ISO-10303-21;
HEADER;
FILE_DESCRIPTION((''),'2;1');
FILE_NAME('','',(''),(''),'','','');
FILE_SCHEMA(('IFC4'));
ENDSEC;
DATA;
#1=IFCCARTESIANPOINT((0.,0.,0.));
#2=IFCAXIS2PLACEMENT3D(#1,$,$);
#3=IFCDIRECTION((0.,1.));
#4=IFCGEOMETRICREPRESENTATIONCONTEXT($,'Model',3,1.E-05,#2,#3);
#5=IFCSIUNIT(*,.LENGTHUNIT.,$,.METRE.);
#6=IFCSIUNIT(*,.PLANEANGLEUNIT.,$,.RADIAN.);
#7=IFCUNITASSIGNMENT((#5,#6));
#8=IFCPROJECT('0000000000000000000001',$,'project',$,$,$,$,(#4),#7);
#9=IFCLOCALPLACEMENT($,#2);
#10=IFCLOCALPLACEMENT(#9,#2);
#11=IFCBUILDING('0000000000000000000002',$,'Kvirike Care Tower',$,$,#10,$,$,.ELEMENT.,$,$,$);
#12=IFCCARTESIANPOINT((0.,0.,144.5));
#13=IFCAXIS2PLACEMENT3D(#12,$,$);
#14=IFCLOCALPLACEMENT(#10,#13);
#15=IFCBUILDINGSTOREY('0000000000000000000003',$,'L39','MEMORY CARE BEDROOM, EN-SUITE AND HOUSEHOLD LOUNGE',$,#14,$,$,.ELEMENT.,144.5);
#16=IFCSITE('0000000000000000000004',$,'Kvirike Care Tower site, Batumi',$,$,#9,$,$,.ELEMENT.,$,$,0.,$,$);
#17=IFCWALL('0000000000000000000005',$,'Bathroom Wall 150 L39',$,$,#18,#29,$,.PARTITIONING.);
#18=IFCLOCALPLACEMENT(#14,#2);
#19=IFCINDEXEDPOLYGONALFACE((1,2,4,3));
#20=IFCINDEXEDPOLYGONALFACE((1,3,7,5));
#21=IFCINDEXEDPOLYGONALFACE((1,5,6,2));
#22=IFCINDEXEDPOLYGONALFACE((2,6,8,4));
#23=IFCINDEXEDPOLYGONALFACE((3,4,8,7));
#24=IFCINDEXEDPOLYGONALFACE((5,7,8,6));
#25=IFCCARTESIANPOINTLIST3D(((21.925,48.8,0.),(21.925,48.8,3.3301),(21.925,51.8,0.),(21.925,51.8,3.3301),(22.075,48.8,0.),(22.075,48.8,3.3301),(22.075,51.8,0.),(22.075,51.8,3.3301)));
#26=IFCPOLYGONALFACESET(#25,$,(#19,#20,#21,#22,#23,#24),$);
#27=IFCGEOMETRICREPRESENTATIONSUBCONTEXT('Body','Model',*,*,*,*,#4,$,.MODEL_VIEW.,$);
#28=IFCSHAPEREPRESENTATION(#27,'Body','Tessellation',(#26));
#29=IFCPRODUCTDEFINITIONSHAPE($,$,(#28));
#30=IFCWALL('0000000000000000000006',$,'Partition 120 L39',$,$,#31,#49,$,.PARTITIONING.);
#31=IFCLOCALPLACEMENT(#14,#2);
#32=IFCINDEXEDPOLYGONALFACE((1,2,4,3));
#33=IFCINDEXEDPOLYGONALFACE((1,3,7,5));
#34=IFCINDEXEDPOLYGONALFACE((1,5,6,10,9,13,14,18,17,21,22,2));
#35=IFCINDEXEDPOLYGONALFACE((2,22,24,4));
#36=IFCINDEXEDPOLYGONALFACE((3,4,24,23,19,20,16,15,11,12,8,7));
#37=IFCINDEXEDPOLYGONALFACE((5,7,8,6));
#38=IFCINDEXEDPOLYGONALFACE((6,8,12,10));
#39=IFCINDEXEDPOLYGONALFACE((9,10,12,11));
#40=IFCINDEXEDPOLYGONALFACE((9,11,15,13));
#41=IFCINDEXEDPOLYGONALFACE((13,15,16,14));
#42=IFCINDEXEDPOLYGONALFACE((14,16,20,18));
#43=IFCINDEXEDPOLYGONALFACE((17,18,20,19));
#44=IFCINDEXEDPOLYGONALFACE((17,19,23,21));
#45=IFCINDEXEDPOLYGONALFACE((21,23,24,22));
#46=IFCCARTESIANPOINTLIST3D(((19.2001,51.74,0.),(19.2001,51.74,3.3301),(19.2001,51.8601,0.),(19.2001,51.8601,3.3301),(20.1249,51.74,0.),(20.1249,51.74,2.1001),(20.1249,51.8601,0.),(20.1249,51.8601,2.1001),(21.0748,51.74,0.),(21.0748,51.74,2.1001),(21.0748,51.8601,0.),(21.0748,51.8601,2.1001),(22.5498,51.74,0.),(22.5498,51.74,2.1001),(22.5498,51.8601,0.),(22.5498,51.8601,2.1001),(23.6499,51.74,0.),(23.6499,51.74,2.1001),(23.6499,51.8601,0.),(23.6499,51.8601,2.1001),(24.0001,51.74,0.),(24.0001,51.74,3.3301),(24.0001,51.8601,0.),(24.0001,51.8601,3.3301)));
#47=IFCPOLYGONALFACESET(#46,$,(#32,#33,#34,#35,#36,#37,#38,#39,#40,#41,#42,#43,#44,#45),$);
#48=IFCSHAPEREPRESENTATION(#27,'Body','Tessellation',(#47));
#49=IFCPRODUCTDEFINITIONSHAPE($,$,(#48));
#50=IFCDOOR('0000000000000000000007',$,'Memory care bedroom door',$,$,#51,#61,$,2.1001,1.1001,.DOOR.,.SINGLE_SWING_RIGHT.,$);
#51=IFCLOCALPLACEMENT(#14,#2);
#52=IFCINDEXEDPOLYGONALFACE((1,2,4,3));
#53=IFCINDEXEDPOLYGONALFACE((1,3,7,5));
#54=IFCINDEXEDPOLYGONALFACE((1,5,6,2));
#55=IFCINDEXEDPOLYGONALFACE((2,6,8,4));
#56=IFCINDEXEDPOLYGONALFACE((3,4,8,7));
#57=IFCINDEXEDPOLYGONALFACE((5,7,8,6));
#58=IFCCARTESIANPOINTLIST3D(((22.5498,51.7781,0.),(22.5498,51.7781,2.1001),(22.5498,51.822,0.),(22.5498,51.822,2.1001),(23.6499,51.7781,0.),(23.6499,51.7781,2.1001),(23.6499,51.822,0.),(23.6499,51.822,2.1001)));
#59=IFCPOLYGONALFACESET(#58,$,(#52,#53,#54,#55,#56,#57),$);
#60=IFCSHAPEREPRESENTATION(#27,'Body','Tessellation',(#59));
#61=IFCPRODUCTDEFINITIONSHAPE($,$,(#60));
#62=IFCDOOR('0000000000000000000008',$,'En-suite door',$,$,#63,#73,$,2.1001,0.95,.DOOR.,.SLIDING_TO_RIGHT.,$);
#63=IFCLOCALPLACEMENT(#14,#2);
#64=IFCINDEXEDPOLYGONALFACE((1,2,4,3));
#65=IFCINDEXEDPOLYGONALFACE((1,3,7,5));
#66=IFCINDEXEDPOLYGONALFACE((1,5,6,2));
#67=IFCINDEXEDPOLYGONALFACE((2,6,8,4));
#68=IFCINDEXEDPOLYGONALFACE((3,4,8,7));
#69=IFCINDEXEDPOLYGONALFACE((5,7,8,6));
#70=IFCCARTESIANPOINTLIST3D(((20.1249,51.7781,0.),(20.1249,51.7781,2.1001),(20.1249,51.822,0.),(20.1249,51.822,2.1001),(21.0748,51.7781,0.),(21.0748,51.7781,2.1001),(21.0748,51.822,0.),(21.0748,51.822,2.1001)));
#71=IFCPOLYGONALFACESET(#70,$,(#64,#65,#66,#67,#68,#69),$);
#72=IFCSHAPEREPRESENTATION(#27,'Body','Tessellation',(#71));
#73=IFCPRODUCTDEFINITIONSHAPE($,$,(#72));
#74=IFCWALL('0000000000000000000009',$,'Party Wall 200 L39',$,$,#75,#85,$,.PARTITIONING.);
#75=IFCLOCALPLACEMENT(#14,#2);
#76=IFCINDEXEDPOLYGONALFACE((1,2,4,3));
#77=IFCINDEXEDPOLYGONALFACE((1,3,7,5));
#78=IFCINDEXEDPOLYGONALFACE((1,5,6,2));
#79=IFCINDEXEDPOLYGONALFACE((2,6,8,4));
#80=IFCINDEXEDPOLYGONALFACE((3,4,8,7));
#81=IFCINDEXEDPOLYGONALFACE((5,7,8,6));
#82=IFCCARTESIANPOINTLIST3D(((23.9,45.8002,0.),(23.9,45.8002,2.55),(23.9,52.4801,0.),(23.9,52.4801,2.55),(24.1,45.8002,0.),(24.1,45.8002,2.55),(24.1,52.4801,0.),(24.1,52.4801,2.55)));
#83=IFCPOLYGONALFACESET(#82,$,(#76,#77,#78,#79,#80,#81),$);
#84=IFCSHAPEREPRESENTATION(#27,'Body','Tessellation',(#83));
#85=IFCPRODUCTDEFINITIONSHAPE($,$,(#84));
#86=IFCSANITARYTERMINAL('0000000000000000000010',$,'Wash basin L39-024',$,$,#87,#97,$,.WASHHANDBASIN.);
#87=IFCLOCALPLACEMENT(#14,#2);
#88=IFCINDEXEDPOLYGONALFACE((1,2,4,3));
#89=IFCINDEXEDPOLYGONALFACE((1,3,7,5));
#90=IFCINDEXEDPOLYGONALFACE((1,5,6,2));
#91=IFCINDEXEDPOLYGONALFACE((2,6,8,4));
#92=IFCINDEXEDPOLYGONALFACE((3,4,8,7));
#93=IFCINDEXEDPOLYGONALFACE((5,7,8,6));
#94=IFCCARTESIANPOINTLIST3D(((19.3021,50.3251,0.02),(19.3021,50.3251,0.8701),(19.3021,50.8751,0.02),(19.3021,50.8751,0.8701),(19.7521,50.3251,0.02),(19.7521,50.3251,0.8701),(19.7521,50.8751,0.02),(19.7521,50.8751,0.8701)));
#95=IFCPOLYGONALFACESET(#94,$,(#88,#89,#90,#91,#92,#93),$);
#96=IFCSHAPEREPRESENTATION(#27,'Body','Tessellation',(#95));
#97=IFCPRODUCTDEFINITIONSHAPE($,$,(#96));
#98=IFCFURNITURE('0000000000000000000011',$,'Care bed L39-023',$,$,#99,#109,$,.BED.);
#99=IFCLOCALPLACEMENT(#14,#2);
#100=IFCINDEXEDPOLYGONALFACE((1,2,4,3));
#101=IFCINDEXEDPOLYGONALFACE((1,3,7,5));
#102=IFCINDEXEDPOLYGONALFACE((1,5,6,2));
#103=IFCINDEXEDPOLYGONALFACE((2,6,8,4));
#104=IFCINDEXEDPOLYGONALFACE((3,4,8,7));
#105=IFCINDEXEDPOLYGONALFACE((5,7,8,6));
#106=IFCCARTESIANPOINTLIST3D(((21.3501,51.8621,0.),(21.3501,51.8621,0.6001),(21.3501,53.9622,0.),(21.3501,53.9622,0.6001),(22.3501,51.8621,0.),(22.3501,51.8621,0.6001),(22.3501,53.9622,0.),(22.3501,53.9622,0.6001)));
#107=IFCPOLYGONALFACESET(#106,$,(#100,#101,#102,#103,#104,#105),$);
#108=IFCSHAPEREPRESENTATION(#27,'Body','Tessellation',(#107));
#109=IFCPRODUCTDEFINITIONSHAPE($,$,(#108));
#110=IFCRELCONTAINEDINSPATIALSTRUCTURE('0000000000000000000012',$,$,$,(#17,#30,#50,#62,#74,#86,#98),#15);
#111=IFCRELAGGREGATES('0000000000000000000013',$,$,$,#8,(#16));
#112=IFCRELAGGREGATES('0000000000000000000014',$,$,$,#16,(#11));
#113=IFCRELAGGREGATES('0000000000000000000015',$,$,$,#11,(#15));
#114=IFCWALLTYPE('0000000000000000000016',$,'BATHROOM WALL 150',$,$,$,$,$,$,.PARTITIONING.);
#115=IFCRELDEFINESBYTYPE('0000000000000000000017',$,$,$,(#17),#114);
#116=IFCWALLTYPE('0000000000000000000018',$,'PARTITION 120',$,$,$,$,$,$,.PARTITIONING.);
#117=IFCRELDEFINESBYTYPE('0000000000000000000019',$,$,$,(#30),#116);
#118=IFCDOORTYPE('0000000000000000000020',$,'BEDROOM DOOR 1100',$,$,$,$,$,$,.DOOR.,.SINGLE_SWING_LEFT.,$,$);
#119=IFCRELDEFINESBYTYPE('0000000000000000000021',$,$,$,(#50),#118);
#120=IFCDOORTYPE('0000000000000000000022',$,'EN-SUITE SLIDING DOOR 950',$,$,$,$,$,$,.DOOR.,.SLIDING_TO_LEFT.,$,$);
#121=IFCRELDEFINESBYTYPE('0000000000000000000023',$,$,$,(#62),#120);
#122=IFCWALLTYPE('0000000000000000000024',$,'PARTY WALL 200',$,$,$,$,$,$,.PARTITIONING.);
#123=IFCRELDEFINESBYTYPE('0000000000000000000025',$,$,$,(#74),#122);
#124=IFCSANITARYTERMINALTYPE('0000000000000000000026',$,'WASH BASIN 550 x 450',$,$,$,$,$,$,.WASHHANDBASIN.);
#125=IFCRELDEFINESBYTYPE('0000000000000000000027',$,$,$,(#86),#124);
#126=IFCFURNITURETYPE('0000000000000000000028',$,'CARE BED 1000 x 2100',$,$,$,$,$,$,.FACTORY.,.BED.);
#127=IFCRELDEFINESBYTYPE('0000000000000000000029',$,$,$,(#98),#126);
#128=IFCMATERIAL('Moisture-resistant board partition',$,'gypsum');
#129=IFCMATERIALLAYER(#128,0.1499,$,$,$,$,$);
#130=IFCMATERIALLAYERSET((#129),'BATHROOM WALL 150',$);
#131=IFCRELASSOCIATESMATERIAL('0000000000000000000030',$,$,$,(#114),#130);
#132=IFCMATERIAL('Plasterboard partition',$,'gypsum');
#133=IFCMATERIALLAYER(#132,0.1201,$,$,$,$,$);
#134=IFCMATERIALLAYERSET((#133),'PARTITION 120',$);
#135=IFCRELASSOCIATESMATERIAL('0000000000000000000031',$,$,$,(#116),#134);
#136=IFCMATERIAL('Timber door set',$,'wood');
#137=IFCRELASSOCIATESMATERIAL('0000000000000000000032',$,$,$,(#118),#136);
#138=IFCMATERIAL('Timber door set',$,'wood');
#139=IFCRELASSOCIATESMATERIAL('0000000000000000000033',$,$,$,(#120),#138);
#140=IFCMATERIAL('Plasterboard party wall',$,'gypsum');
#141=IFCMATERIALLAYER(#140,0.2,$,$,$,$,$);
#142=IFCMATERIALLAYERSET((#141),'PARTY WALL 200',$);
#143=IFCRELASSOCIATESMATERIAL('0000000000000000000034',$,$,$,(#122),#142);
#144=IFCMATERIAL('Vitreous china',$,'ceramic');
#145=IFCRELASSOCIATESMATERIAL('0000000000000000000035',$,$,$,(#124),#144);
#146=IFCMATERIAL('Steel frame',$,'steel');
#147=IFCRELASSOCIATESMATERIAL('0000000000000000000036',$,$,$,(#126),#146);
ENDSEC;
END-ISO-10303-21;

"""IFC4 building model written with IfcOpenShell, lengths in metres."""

from ifc_helpers import new_model, si_unit, direction, frame, frame_2d, origin, origin_2d, place, context, subcontext, project, spatial, rectangle, extrude, material, layer, layer_set, type_object, element, fill, save


model = new_model("IFC4")

# Units and contexts
model_context = context("Model", 3, precision=1e-05, world=origin(), true_north=direction((0.0, 1.0)))
body_context = subcontext(model_context, "Body", "Model", "MODEL_VIEW")
ifc_project = project(units=[si_unit("LENGTHUNIT", "METRE"), si_unit("PLANEANGLEUNIT", "RADIAN")], contexts=[model_context])

# Site, building, storey
site_placement = place(None, origin())
site = spatial("IfcSite", under=ifc_project, at=site_placement, Name="Kvirike Care Tower site, Batumi", CompositionType="ELEMENT", RefElevation=0.0)
building_placement = place(site_placement, origin())
building = spatial("IfcBuilding", under=site, at=building_placement, Name="Kvirike Care Tower", CompositionType="ELEMENT")
storey_placement = place(building_placement, frame((0.0, 0.0, 144.5)))
storey = spatial("IfcBuildingStorey", under=building, at=storey_placement, Name="L39", Description="MEMORY CARE BEDROOM, EN-SUITE AND HOUSEHOLD LOUNGE", CompositionType="ELEMENT", Elevation=144.5)

# Wall
ifc_material_1 = material(Name="Moisture-resistant board partition", Category="gypsum")
ifc_layer_1 = layer(ifc_material_1, 0.1499)
ifc_layer_set_1 = layer_set([ifc_layer_1], Name="BATHROOM WALL 150")
wall_type_1 = type_object("IfcWallType", Name="BATHROOM WALL 150", PredefinedType="PARTITIONING", material=ifc_layer_set_1)
wall_1_placement = place(storey_placement, frame((22.0, 51.8, 0.0), z_axis=(0.0, 0.0, 1.0), x_axis=(0.0, -1.0, 0.0)))
element("IfcWall", 1, at=wall_1_placement, inside=storey, type_object=wall_type_1, Name="Bathroom Wall 150 L39", PredefinedType="PARTITIONING", context=body_context, shape_type="SweptSolid", body=[
    extrude(rectangle(XDim=3.0, YDim=0.1499, at=frame_2d((1.5, 0.0))), origin(), (0.0, 0.0, 1.0), 3.3301),
])

# Wall, openings, doors
ifc_material_2 = material(Name="Plasterboard partition", Category="gypsum")
ifc_layer_2 = layer(ifc_material_2, 0.1201)
ifc_layer_set_2 = layer_set([ifc_layer_2], Name="PARTITION 120")
wall_type_2 = type_object("IfcWallType", Name="PARTITION 120", PredefinedType="PARTITIONING", material=ifc_layer_set_2)
wall_2_placement = place(storey_placement, frame((24.0, 51.8, 0.0), z_axis=(0.0, 0.0, 1.0), x_axis=(-1.0, 0.0, 0.0)))
wall_2 = element("IfcWall", 2, at=wall_2_placement, inside=storey, type_object=wall_type_2, Name="Partition 120 L39", PredefinedType="PARTITIONING", context=body_context, shape_type="SweptSolid", body=[
    extrude(rectangle(XDim=4.8, YDim=0.1201, at=frame_2d((2.3999, 0.0))), origin(), (0.0, 0.0, 1.0), 3.3301),
])
opening_1_placement = place(wall_2_placement, frame((0.3501, 0.0, 0.0)))
opening_1 = element("IfcOpeningElement", 3, at=opening_1_placement, cuts=wall_2, PredefinedType="OPENING", context=body_context, shape_type="SweptSolid", body=[
    extrude(rectangle(XDim=1.1001, YDim=2.1001, at=frame_2d((0.55, 1.05))), frame((0.0, 0.0706, 0.0), z_axis=(0.0, -1.0, 0.0), x_axis=(1.0, 0.0, 0.0)), (0.0, 0.0, 1.0), 0.1411),
])
opening_2_placement = place(wall_2_placement, frame((2.925, 0.0, 0.0)))
opening_2 = element("IfcOpeningElement", 4, at=opening_2_placement, cuts=wall_2, PredefinedType="OPENING", context=body_context, shape_type="SweptSolid", body=[
    extrude(rectangle(XDim=0.95, YDim=2.1001, at=frame_2d((0.4751, 1.05))), frame((0.0, 0.0706, 0.0), z_axis=(0.0, -1.0, 0.0), x_axis=(1.0, 0.0, 0.0)), (0.0, 0.0, 1.0), 0.1411),
])
ifc_material_3 = material(Name="Timber door set", Category="wood")
door_type_1 = type_object("IfcDoorType", Name="BEDROOM DOOR 1100", OperationType="SINGLE_SWING_LEFT", PredefinedType="DOOR", material=ifc_material_3)
door_1_placement = place(opening_1_placement, origin())
door_1 = element("IfcDoor", 5, at=door_1_placement, inside=storey, type_object=door_type_1, Name="Memory care bedroom door", OperationType="SINGLE_SWING_RIGHT", OverallHeight=2.1001, OverallWidth=1.1001, PredefinedType="DOOR", context=body_context, shape_type="SweptSolid", body=[
    extrude(rectangle(XDim=1.1001, YDim=2.1001, at=frame_2d((0.55, 1.05))), frame((0.0, 0.022, 0.0), z_axis=(0.0, -1.0, 0.0), x_axis=(1.0, 0.0, 0.0)), (0.0, 0.0, 1.0), 0.0439),
])
fill(opening_1, door_1)
ifc_material_4 = material(Name="Timber door set", Category="wood")
door_type_2 = type_object("IfcDoorType", Name="EN-SUITE SLIDING DOOR 950", OperationType="SLIDING_TO_LEFT", PredefinedType="DOOR", material=ifc_material_4)
door_2_placement = place(opening_2_placement, origin())
door_2 = element("IfcDoor", 6, at=door_2_placement, inside=storey, type_object=door_type_2, Name="En-suite door", OperationType="SLIDING_TO_RIGHT", OverallHeight=2.1001, OverallWidth=0.95, PredefinedType="DOOR", context=body_context, shape_type="SweptSolid", body=[
    extrude(rectangle(XDim=0.95, YDim=2.1001, at=frame_2d((0.4751, 1.05))), frame((0.0, 0.022, 0.0), z_axis=(0.0, -1.0, 0.0), x_axis=(1.0, 0.0, 0.0)), (0.0, 0.0, 1.0), 0.0439),
])
fill(opening_2, door_2)

# Wall
ifc_material_5 = material(Name="Plasterboard party wall", Category="gypsum")
ifc_layer_3 = layer(ifc_material_5, 0.2)
ifc_layer_set_3 = layer_set([ifc_layer_3], Name="PARTY WALL 200")
wall_type_3 = type_object("IfcWallType", Name="PARTY WALL 200", PredefinedType="PARTITIONING", material=ifc_layer_set_3)
wall_3_placement = place(storey_placement, frame((24.0, 52.48, 0.0), z_axis=(0.0, 0.0, 1.0), x_axis=(0.0, -1.0, 0.0)))
element("IfcWall", 7, at=wall_3_placement, inside=storey, type_object=wall_type_3, Name="Party Wall 200 L39", PredefinedType="PARTITIONING", context=body_context, shape_type="SweptSolid", body=[
    extrude(rectangle(XDim=6.6799, YDim=0.2, at=frame_2d((3.3398, 0.0))), origin(), (0.0, 0.0, 1.0), 2.55),
])

# Sanitary terminal
ifc_material_6 = material(Name="Vitreous china", Category="ceramic")
sanitary_terminal_type = type_object("IfcSanitaryTerminalType", Name="WASH BASIN 550 x 450", PredefinedType="WASHHANDBASIN", material=ifc_material_6)
sanitary_terminal_placement = place(storey_placement, frame((19.5271, 50.6001, 0.02), z_axis=(0.0, 0.0, 1.0), x_axis=(0.0, 1.0, 0.0)))
element("IfcSanitaryTerminal", 8, at=sanitary_terminal_placement, inside=storey, type_object=sanitary_terminal_type, Name="Wash basin L39-024", PredefinedType="WASHHANDBASIN", context=body_context, shape_type="SweptSolid", body=[
    extrude(rectangle(XDim=0.55, YDim=0.45, at=origin_2d()), origin(), (0.0, 0.0, 1.0), 0.8501),
])

# Furniture
ifc_material_7 = material(Name="Steel frame", Category="steel")
furniture_type = type_object("IfcFurnitureType", Name="CARE BED 1000 x 2100", AssemblyPlace="FACTORY", PredefinedType="BED", material=ifc_material_7)
furniture_placement = place(storey_placement, frame((21.8501, 52.9121, 0.0), z_axis=(0.0, 0.0, 1.0), x_axis=(-1.0, 0.0, 0.0)))
element("IfcFurniture", 9, at=furniture_placement, inside=storey, type_object=furniture_type, Name="Care bed L39-023", PredefinedType="BED", context=body_context, shape_type="SweptSolid", body=[
    extrude(rectangle(XDim=1.0, YDim=2.1001, at=origin_2d()), origin(), (0.0, 0.0, 1.0), 0.6001),
])

save(model, "model.ifc")
